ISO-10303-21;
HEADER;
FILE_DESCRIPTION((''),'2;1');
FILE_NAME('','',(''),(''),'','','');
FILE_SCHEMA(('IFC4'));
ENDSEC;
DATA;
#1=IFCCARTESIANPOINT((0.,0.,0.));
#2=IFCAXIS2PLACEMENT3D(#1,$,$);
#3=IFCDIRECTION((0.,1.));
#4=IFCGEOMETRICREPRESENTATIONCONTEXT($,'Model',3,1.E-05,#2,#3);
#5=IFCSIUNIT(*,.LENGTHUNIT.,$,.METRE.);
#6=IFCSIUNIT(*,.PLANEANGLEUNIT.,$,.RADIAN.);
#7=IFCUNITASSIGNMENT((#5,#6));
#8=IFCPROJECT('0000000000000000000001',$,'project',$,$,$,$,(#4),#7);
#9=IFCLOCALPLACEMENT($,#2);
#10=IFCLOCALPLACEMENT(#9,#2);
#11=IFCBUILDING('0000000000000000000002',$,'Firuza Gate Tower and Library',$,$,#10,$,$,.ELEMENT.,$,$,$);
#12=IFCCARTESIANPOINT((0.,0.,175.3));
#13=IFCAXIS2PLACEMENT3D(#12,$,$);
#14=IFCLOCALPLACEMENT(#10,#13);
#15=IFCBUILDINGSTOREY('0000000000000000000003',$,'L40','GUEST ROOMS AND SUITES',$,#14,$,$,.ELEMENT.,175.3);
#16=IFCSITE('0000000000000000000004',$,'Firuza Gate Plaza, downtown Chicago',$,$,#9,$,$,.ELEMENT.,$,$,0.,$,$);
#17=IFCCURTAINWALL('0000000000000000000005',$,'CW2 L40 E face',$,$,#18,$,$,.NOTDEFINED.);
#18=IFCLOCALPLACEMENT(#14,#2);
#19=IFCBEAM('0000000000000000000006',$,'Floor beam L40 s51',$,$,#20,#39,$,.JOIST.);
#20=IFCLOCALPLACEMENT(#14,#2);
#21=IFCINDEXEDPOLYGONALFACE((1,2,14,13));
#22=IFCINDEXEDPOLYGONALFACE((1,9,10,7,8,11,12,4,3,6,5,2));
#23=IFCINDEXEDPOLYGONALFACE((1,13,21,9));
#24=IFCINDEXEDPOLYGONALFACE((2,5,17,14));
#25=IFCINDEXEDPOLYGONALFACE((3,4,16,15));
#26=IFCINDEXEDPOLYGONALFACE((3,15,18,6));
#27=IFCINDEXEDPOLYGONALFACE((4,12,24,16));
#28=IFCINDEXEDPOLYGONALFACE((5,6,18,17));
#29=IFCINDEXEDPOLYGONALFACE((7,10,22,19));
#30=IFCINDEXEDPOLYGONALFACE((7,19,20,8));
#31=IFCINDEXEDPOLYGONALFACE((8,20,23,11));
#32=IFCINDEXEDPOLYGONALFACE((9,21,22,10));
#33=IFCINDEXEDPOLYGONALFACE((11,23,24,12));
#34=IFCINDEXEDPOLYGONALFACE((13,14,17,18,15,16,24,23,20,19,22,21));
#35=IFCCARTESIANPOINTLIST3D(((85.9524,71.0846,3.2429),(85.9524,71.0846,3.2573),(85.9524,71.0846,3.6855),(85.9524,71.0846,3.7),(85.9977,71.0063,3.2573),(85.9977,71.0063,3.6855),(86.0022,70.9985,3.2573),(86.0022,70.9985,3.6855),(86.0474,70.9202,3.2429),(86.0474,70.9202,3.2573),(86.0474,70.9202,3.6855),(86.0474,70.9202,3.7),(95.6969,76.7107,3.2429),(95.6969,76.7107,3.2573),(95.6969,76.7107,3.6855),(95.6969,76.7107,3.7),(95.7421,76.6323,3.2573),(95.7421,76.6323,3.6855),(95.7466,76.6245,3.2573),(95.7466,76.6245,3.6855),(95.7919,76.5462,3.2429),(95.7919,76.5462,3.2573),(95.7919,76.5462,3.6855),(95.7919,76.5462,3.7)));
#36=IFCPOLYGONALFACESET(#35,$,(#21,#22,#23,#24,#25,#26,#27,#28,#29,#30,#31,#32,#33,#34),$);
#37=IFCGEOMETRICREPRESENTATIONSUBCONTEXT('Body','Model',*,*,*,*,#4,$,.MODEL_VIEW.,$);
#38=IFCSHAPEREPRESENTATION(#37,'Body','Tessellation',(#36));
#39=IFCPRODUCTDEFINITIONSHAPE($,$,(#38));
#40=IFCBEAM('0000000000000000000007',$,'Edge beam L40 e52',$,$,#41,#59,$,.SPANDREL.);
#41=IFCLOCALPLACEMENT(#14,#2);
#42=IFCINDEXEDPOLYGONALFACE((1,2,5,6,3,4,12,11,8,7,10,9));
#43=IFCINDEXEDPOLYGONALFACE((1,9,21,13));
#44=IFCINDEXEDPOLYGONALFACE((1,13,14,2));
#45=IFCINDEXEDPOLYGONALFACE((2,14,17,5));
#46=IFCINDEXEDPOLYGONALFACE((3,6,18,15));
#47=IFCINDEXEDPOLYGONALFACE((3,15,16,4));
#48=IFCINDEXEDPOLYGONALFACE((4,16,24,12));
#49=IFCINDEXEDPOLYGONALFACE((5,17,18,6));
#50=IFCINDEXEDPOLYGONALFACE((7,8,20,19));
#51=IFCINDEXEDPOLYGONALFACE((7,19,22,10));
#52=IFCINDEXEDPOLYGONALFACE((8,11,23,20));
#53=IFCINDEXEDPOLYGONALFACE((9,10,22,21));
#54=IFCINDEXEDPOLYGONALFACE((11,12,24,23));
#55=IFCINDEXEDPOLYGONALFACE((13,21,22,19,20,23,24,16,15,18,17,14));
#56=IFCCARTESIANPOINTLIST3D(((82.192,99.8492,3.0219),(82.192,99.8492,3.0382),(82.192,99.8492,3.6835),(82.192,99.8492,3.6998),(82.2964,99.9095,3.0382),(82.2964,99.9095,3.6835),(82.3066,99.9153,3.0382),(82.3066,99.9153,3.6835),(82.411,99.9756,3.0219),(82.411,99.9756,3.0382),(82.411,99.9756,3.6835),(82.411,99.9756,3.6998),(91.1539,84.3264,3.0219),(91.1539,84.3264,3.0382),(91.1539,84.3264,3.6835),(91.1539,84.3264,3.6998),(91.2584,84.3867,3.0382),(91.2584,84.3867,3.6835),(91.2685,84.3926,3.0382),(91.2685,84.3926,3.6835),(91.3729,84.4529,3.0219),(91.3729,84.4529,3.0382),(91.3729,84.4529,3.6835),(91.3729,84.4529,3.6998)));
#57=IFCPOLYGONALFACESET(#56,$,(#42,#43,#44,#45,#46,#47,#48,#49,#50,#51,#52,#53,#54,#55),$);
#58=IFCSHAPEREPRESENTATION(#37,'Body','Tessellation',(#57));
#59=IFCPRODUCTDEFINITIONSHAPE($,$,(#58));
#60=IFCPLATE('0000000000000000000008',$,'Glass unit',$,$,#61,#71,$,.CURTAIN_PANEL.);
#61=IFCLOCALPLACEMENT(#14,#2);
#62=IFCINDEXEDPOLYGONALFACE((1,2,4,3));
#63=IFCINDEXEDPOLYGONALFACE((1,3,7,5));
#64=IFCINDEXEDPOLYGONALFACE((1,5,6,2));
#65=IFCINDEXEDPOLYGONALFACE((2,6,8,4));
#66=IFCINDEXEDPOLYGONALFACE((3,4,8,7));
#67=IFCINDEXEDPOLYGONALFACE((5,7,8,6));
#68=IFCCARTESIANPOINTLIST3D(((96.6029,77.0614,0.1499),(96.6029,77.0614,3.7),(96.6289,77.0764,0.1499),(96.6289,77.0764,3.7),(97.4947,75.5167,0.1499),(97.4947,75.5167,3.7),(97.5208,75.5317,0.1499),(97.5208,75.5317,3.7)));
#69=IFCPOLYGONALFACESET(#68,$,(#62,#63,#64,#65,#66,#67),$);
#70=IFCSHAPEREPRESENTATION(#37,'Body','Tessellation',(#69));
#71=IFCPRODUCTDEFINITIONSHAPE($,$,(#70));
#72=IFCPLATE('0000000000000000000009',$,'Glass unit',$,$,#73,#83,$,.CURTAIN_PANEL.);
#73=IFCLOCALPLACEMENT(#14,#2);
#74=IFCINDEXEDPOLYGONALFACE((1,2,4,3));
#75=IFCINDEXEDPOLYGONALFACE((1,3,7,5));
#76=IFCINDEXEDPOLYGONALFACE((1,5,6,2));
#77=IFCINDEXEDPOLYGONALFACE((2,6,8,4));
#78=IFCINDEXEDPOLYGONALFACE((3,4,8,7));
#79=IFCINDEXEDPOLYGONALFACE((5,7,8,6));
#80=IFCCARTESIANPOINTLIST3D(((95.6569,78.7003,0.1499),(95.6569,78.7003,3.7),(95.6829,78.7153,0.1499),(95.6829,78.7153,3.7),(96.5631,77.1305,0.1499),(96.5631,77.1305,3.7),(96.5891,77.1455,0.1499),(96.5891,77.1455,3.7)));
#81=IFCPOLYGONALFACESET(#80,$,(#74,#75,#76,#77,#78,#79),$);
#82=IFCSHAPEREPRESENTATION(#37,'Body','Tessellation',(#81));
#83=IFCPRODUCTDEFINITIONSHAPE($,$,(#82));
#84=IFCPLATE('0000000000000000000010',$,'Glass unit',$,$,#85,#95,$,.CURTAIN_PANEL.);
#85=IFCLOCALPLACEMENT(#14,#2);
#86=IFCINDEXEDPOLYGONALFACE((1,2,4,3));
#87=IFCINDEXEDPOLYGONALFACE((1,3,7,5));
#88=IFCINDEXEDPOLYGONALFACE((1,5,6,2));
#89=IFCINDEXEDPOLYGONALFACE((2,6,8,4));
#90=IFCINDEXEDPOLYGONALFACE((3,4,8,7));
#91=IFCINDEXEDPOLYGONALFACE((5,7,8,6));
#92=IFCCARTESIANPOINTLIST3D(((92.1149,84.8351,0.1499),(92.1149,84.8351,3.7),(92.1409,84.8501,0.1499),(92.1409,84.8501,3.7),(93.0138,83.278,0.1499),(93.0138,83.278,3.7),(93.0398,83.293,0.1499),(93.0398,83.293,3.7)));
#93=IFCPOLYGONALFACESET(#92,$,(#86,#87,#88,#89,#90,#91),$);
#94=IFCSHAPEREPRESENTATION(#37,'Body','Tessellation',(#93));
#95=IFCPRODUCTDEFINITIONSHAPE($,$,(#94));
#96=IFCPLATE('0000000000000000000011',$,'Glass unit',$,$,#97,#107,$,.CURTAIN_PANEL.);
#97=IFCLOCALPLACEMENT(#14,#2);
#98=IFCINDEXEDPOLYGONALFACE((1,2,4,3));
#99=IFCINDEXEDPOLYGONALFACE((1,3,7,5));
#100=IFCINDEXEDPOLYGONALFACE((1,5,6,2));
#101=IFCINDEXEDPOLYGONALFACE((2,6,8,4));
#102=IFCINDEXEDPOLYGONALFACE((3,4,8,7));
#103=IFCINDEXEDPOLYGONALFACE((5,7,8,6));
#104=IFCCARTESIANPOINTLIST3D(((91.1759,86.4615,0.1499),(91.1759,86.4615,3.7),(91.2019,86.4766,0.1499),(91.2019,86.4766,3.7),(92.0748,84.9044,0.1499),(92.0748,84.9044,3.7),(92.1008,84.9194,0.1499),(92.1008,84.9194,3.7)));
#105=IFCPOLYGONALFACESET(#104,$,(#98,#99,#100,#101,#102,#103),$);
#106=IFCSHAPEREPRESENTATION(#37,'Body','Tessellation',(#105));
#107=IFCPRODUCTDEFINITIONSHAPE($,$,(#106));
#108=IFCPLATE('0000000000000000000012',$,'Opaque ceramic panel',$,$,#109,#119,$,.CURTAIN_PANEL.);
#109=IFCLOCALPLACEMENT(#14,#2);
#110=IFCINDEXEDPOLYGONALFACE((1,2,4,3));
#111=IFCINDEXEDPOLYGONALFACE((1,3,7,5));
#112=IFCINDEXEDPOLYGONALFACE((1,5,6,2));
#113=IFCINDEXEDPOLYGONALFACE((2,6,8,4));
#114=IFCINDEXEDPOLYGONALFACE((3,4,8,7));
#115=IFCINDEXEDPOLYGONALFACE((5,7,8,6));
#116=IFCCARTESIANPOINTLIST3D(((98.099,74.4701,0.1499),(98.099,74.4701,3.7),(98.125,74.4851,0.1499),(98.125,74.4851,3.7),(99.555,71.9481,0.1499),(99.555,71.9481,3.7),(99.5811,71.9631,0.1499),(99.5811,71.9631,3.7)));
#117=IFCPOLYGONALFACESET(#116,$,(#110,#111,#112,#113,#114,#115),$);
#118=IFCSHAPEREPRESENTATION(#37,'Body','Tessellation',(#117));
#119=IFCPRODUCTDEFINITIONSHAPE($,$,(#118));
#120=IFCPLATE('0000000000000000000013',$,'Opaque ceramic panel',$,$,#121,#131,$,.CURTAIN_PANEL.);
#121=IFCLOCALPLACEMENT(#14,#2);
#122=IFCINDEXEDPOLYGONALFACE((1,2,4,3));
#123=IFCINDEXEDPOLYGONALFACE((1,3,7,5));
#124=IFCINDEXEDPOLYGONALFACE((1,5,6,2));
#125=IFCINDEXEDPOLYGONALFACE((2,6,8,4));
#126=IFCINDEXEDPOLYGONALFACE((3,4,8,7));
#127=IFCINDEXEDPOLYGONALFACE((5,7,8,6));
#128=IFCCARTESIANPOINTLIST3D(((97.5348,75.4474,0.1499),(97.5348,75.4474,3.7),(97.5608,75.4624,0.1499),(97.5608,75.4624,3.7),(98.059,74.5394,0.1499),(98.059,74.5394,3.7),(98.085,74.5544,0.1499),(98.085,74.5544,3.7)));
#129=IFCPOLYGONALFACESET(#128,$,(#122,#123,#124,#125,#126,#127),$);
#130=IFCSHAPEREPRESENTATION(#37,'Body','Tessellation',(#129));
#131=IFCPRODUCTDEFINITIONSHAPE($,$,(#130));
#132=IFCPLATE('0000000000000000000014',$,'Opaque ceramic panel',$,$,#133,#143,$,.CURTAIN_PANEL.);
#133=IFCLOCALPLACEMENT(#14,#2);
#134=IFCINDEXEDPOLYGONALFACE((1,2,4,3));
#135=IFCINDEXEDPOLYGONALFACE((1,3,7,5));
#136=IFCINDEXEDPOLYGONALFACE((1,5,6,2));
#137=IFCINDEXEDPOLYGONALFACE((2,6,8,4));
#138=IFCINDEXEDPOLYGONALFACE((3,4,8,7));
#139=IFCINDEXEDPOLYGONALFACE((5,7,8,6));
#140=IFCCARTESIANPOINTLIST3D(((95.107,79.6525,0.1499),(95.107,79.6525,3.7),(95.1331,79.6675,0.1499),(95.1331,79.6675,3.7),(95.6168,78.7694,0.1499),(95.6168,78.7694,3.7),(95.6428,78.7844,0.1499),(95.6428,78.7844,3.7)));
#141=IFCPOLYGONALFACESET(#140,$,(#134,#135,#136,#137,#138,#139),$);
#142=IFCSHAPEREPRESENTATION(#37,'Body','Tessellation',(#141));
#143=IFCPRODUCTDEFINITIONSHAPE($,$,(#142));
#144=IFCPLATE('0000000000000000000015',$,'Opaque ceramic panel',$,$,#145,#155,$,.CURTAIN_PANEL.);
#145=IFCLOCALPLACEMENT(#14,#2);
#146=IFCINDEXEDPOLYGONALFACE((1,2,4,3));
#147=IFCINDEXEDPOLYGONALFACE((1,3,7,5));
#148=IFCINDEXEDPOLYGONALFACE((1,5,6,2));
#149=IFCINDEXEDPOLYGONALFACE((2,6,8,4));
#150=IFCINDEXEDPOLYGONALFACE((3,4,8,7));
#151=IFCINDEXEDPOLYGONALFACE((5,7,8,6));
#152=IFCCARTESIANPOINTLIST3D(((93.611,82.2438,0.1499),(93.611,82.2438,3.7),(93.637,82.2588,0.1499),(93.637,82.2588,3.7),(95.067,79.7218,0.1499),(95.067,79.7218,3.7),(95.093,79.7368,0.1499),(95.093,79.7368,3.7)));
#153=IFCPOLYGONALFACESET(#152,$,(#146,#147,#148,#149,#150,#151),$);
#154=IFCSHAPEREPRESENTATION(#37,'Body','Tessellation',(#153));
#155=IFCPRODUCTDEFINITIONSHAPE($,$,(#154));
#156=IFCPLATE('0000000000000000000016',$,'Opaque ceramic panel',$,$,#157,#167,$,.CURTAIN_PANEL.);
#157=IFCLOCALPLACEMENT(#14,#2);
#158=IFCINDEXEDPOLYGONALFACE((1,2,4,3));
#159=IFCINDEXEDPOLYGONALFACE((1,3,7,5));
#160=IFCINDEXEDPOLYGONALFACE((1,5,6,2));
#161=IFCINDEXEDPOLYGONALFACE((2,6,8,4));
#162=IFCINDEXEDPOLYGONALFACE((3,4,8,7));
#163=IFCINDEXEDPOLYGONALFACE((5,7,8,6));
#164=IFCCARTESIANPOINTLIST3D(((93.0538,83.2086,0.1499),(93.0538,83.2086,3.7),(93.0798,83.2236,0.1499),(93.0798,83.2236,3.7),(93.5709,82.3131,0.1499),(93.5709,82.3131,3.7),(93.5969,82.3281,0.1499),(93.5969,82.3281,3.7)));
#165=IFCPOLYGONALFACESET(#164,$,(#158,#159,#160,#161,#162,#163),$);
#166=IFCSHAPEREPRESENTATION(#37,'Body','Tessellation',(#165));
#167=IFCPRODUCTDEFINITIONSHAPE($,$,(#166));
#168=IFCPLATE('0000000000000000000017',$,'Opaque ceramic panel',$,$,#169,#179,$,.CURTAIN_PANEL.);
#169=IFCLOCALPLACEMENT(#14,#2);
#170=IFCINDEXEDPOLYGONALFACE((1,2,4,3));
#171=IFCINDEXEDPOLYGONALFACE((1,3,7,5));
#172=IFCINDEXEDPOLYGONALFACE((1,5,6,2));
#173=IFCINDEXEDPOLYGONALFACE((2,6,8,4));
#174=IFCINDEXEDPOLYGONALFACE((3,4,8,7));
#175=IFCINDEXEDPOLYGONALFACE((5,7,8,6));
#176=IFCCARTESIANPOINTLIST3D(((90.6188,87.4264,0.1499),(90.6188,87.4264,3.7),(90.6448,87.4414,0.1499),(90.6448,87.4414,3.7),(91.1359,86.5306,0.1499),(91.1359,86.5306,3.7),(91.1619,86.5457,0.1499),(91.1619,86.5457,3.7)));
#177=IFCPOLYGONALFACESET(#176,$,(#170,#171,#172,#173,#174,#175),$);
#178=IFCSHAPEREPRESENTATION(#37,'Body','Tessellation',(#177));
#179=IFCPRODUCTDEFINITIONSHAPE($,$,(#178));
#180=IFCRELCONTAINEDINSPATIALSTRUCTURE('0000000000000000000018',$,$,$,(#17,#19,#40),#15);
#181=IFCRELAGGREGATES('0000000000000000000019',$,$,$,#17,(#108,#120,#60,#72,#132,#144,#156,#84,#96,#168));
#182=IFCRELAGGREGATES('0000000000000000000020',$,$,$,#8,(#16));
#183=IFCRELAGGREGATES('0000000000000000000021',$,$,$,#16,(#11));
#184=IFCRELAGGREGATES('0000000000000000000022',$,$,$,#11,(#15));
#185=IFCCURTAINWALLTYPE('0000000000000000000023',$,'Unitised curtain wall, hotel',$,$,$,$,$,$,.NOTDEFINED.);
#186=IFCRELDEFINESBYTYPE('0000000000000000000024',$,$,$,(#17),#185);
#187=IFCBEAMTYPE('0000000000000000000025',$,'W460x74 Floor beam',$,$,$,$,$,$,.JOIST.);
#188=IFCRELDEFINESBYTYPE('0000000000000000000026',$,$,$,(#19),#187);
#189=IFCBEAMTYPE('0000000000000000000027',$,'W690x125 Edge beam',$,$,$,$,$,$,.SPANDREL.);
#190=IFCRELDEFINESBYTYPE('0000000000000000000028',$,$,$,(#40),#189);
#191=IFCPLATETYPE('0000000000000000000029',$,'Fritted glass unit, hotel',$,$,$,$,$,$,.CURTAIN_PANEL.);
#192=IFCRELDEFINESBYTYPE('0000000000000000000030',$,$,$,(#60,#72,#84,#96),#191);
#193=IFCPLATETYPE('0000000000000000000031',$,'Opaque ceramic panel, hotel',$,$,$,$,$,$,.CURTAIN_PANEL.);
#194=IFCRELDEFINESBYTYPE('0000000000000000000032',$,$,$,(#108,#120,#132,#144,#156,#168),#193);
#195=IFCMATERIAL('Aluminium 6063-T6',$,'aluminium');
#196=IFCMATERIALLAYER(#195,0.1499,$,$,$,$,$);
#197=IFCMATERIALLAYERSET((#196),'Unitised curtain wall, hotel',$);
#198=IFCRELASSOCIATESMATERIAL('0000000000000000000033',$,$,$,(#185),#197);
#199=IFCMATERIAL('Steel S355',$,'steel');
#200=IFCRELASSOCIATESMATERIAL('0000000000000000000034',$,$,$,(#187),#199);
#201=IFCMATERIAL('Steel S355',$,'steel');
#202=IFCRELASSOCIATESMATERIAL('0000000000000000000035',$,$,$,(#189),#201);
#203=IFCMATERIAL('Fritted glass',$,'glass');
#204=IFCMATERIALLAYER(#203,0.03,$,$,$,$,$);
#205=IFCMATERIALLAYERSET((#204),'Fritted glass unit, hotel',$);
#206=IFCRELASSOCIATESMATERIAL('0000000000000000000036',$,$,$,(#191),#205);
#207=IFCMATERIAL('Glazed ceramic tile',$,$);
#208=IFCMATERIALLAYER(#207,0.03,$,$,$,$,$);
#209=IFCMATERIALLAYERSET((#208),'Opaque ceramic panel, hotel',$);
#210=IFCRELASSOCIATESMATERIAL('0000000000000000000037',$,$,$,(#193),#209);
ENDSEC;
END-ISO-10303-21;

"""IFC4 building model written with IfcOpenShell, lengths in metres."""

from ifc_helpers import new_model, si_unit, direction, frame, origin, origin_2d, place, context, subcontext, project, spatial, polyline, i_section, outline, extrude, material, layer, layer_set, material_profile, profile_set, type_object, element, aggregate, save


model = new_model("IFC4")

# Units and contexts
model_context = context("Model", 3, precision=1e-05, world=origin(), true_north=direction((0.0, 1.0)))
body_context = subcontext(model_context, "Body", "Model", "MODEL_VIEW")
ifc_project = project(units=[si_unit("LENGTHUNIT", "METRE"), si_unit("PLANEANGLEUNIT", "RADIAN")], contexts=[model_context])

# Site, building, storey
site_placement = place(None, origin())
site = spatial("IfcSite", under=ifc_project, at=site_placement, Name="Firuza Gate Plaza, downtown Chicago", CompositionType="ELEMENT", RefElevation=0.0)
building_placement = place(site_placement, origin())
building = spatial("IfcBuilding", under=site, at=building_placement, Name="Firuza Gate Tower and Library", CompositionType="ELEMENT")
storey_placement = place(building_placement, frame((0.0, 0.0, 175.3)))
storey = spatial("IfcBuildingStorey", under=building, at=storey_placement, Name="L40", Description="GUEST ROOMS AND SUITES", CompositionType="ELEMENT", Elevation=175.3)

# Curtain wall
ifc_material_1 = material(Name="Aluminium 6063-T6", Category="aluminium")
ifc_layer_1 = layer(ifc_material_1, 0.1499)
ifc_layer_set_1 = layer_set([ifc_layer_1], Name="Unitised curtain wall, hotel")
curtain_wall_type = type_object("IfcCurtainWallType", Name="Unitised curtain wall, hotel", PredefinedType="NOTDEFINED", material=ifc_layer_set_1)
curtain_wall_placement = place(storey_placement, origin())
curtain_wall = element("IfcCurtainWall", 1, at=curtain_wall_placement, inside=storey, type_object=curtain_wall_type, Name="CW2 L40 E face", PredefinedType="NOTDEFINED")

# Beams
ifc_material_2 = material(Name="Steel S355", Category="steel")
ifc_material_profile_1 = material_profile(ifc_material_2, i_section(OverallWidth=0.1899, OverallDepth=0.457, WebThickness=0.009, FlangeThickness=0.0144, at=origin_2d()))
ifc_profile_set_1 = profile_set([ifc_material_profile_1], Name="Steel S355")
beam_type_1 = type_object("IfcBeamType", Name="W460x74 Floor beam", PredefinedType="JOIST", material=ifc_profile_set_1)
beam_1_placement = place(storey_placement, frame((95.7444, 76.6284, 3.4714), z_axis=(-0.866023, -0.500004, 0.0), x_axis=(0.500004, -0.866023, 0.0)))
element("IfcBeam", 2, at=beam_1_placement, inside=storey, type_object=beam_type_1, Name="Floor beam L40 s51", PredefinedType="JOIST", context=body_context, shape_type="SweptSolid", body=[
    extrude(i_section(OverallWidth=0.1899, OverallDepth=0.457, WebThickness=0.009, FlangeThickness=0.0144, at=origin_2d()), origin(), (0.0, 0.0, 1.0), 11.252),
])
ifc_material_3 = material(Name="Steel S355", Category="steel")
ifc_material_profile_2 = material_profile(ifc_material_3, i_section(OverallWidth=0.2529, OverallDepth=0.678, WebThickness=0.0117, FlangeThickness=0.0164, at=origin_2d()))
ifc_profile_set_2 = profile_set([ifc_material_profile_2], Name="Steel S355")
beam_type_2 = type_object("IfcBeamType", Name="W690x125 Edge beam", PredefinedType="SPANDREL", material=ifc_profile_set_2)
beam_2_placement = place(storey_placement, frame((91.2634, 84.3896, 3.3608), z_axis=(-0.499995, 0.866028, 0.0), x_axis=(-0.866028, -0.499995, 0.0)))
element("IfcBeam", 3, at=beam_2_placement, inside=storey, type_object=beam_type_2, Name="Edge beam L40 e52", PredefinedType="SPANDREL", context=body_context, shape_type="SweptSolid", body=[
    extrude(i_section(OverallWidth=0.2529, OverallDepth=0.678, WebThickness=0.0117, FlangeThickness=0.0164, at=origin_2d()), origin(), (0.0, 0.0, 1.0), 17.9241),
])

# Plates
ifc_material_4 = material(Name="Fritted glass", Category="glass")
ifc_layer_2 = layer(ifc_material_4, 0.03)
ifc_layer_set_2 = layer_set([ifc_layer_2], Name="Fritted glass unit, hotel")
plate_type_1 = type_object("IfcPlateType", Name="Fritted glass unit, hotel", PredefinedType="CURTAIN_PANEL", material=ifc_layer_set_2)
plate_1_placement = place(storey_placement, frame((97.5208, 75.5317, 0.1499), z_axis=(0.866019, 0.500011, 0.0), x_axis=(-0.500011, 0.866019, 0.0)))
plate_1 = element("IfcPlate", 4, at=plate_1_placement, type_object=plate_type_1, Name="Glass unit", PredefinedType="CURTAIN_PANEL", context=body_context, shape_type="SweptSolid", body=[
    extrude(outline(polyline([(0.0, 0.0), (1.7837, 0.0), (1.7837, 3.55), (0.0, 3.55), (0.0, 0.0)])), origin(), (0.0, 0.0, -1.0), 0.03),
])
plate_2_placement = place(storey_placement, frame((96.5891, 77.1455, 0.1499), z_axis=(0.866047, 0.499963, 0.0), x_axis=(-0.499963, 0.866047, 0.0)))
plate_2 = element("IfcPlate", 5, at=plate_2_placement, type_object=plate_type_1, Name="Glass unit", PredefinedType="CURTAIN_PANEL", context=body_context, shape_type="SweptSolid", body=[
    extrude(outline(polyline([(0.0, 0.0), (1.8126, 0.0), (1.8126, 3.55), (0.0, 3.55), (0.0, 0.0)])), origin(), (0.0, 0.0, -1.0), 0.03),
])
plate_3_placement = place(storey_placement, frame((93.0398, 83.293, 0.1499), z_axis=(0.866045, 0.499965, 0.0), x_axis=(-0.499965, 0.866045, 0.0)))
plate_3 = element("IfcPlate", 6, at=plate_3_placement, type_object=plate_type_1, Name="Glass unit", PredefinedType="CURTAIN_PANEL", context=body_context, shape_type="SweptSolid", body=[
    extrude(outline(polyline([(0.0, 0.0), (1.798, 0.0), (1.798, 3.55), (0.0, 3.55), (0.0, 0.0)])), origin(), (0.0, 0.0, -1.0), 0.03),
])
plate_4_placement = place(storey_placement, frame((92.1008, 84.9194, 0.1499), z_axis=(0.866045, 0.499965, 0.0), x_axis=(-0.499965, 0.866045, 0.0)))
plate_4 = element("IfcPlate", 7, at=plate_4_placement, type_object=plate_type_1, Name="Glass unit", PredefinedType="CURTAIN_PANEL", context=body_context, shape_type="SweptSolid", body=[
    extrude(outline(polyline([(0.0, 0.0), (1.798, 0.0), (1.798, 3.55), (0.0, 3.55), (0.0, 0.0)])), origin(), (0.0, 0.0, -1.0), 0.03),
])
ifc_material_5 = material(Name="Glazed ceramic tile")
ifc_layer_3 = layer(ifc_material_5, 0.03)
ifc_layer_set_3 = layer_set([ifc_layer_3], Name="Opaque ceramic panel, hotel")
plate_type_2 = type_object("IfcPlateType", Name="Opaque ceramic panel, hotel", PredefinedType="CURTAIN_PANEL", material=ifc_layer_set_3)
plate_5_placement = place(storey_placement, frame((99.5811, 71.9631, 0.1499), z_axis=(0.866026, 0.499998, 0.0), x_axis=(-0.499998, 0.866026, 0.0)))
plate_5 = element("IfcPlate", 8, at=plate_5_placement, type_object=plate_type_2, Name="Opaque ceramic panel", PredefinedType="CURTAIN_PANEL", context=body_context, shape_type="SweptSolid", body=[
    extrude(outline(polyline([(0.0, 0.0), (2.9121, 0.0), (2.9121, 3.55), (0.0, 3.55), (0.0, 0.0)])), origin(), (0.0, 0.0, -1.0), 0.03),
])
plate_6_placement = place(storey_placement, frame((98.085, 74.5544, 0.1499), z_axis=(0.866042, 0.499971, 0.0), x_axis=(-0.499971, 0.866042, 0.0)))
plate_6 = element("IfcPlate", 9, at=plate_6_placement, type_object=plate_type_2, Name="Opaque ceramic panel", PredefinedType="CURTAIN_PANEL", context=body_context, shape_type="SweptSolid", body=[
    extrude(outline(polyline([(0.0, 0.0), (1.0484, 0.0), (1.0484, 3.55), (0.0, 3.55), (0.0, 0.0)])), origin(), (0.0, 0.0, -1.0), 0.03),
])
plate_7_placement = place(storey_placement, frame((95.6428, 78.7844, 0.1499), z_axis=(0.866054, 0.49995, 0.0), x_axis=(-0.49995, 0.866054, 0.0)))
plate_7 = element("IfcPlate", 10, at=plate_7_placement, type_object=plate_type_2, Name="Opaque ceramic panel", PredefinedType="CURTAIN_PANEL", context=body_context, shape_type="SweptSolid", body=[
    extrude(outline(polyline([(0.0, 0.0), (1.0196, 0.0), (1.0196, 3.55), (0.0, 3.55), (0.0, 0.0)])), origin(), (0.0, 0.0, -1.0), 0.03),
])
plate_8_placement = place(storey_placement, frame((95.093, 79.7368, 0.1499), z_axis=(0.866026, 0.499998, 0.0), x_axis=(-0.499998, 0.866026, 0.0)))
plate_8 = element("IfcPlate", 11, at=plate_8_placement, type_object=plate_type_2, Name="Opaque ceramic panel", PredefinedType="CURTAIN_PANEL", context=body_context, shape_type="SweptSolid", body=[
    extrude(outline(polyline([(0.0, 0.0), (2.9121, 0.0), (2.9121, 3.55), (0.0, 3.55), (0.0, 0.0)])), origin(), (0.0, 0.0, -1.0), 0.03),
])
plate_9_placement = place(storey_placement, frame((93.5969, 82.3281, 0.1499), z_axis=(0.865997, 0.500049, 0.0), x_axis=(-0.500049, 0.865997, 0.0)))
plate_9 = element("IfcPlate", 12, at=plate_9_placement, type_object=plate_type_2, Name="Opaque ceramic panel", PredefinedType="CURTAIN_PANEL", context=body_context, shape_type="SweptSolid", body=[
    extrude(outline(polyline([(0.0, 0.0), (1.0341, 0.0), (1.0341, 3.55), (0.0, 3.55), (0.0, 0.0)])), origin(), (0.0, 0.0, -1.0), 0.03),
])
plate_10_placement = place(storey_placement, frame((91.1619, 86.5457, 0.1499), z_axis=(0.866056, 0.499947, 0.0), x_axis=(-0.499947, 0.866056, 0.0)))
plate_10 = element("IfcPlate", 13, at=plate_10_placement, type_object=plate_type_2, Name="Opaque ceramic panel", PredefinedType="CURTAIN_PANEL", context=body_context, shape_type="SweptSolid", body=[
    extrude(outline(polyline([(0.0, 0.0), (1.0343, 0.0), (1.0343, 3.55), (0.0, 3.55), (0.0, 0.0)])), origin(), (0.0, 0.0, -1.0), 0.03),
])
aggregate(curtain_wall, [plate_5, plate_6, plate_1, plate_2, plate_7, plate_8, plate_9, plate_3, plate_4, plate_10])

save(model, "model.ifc")
